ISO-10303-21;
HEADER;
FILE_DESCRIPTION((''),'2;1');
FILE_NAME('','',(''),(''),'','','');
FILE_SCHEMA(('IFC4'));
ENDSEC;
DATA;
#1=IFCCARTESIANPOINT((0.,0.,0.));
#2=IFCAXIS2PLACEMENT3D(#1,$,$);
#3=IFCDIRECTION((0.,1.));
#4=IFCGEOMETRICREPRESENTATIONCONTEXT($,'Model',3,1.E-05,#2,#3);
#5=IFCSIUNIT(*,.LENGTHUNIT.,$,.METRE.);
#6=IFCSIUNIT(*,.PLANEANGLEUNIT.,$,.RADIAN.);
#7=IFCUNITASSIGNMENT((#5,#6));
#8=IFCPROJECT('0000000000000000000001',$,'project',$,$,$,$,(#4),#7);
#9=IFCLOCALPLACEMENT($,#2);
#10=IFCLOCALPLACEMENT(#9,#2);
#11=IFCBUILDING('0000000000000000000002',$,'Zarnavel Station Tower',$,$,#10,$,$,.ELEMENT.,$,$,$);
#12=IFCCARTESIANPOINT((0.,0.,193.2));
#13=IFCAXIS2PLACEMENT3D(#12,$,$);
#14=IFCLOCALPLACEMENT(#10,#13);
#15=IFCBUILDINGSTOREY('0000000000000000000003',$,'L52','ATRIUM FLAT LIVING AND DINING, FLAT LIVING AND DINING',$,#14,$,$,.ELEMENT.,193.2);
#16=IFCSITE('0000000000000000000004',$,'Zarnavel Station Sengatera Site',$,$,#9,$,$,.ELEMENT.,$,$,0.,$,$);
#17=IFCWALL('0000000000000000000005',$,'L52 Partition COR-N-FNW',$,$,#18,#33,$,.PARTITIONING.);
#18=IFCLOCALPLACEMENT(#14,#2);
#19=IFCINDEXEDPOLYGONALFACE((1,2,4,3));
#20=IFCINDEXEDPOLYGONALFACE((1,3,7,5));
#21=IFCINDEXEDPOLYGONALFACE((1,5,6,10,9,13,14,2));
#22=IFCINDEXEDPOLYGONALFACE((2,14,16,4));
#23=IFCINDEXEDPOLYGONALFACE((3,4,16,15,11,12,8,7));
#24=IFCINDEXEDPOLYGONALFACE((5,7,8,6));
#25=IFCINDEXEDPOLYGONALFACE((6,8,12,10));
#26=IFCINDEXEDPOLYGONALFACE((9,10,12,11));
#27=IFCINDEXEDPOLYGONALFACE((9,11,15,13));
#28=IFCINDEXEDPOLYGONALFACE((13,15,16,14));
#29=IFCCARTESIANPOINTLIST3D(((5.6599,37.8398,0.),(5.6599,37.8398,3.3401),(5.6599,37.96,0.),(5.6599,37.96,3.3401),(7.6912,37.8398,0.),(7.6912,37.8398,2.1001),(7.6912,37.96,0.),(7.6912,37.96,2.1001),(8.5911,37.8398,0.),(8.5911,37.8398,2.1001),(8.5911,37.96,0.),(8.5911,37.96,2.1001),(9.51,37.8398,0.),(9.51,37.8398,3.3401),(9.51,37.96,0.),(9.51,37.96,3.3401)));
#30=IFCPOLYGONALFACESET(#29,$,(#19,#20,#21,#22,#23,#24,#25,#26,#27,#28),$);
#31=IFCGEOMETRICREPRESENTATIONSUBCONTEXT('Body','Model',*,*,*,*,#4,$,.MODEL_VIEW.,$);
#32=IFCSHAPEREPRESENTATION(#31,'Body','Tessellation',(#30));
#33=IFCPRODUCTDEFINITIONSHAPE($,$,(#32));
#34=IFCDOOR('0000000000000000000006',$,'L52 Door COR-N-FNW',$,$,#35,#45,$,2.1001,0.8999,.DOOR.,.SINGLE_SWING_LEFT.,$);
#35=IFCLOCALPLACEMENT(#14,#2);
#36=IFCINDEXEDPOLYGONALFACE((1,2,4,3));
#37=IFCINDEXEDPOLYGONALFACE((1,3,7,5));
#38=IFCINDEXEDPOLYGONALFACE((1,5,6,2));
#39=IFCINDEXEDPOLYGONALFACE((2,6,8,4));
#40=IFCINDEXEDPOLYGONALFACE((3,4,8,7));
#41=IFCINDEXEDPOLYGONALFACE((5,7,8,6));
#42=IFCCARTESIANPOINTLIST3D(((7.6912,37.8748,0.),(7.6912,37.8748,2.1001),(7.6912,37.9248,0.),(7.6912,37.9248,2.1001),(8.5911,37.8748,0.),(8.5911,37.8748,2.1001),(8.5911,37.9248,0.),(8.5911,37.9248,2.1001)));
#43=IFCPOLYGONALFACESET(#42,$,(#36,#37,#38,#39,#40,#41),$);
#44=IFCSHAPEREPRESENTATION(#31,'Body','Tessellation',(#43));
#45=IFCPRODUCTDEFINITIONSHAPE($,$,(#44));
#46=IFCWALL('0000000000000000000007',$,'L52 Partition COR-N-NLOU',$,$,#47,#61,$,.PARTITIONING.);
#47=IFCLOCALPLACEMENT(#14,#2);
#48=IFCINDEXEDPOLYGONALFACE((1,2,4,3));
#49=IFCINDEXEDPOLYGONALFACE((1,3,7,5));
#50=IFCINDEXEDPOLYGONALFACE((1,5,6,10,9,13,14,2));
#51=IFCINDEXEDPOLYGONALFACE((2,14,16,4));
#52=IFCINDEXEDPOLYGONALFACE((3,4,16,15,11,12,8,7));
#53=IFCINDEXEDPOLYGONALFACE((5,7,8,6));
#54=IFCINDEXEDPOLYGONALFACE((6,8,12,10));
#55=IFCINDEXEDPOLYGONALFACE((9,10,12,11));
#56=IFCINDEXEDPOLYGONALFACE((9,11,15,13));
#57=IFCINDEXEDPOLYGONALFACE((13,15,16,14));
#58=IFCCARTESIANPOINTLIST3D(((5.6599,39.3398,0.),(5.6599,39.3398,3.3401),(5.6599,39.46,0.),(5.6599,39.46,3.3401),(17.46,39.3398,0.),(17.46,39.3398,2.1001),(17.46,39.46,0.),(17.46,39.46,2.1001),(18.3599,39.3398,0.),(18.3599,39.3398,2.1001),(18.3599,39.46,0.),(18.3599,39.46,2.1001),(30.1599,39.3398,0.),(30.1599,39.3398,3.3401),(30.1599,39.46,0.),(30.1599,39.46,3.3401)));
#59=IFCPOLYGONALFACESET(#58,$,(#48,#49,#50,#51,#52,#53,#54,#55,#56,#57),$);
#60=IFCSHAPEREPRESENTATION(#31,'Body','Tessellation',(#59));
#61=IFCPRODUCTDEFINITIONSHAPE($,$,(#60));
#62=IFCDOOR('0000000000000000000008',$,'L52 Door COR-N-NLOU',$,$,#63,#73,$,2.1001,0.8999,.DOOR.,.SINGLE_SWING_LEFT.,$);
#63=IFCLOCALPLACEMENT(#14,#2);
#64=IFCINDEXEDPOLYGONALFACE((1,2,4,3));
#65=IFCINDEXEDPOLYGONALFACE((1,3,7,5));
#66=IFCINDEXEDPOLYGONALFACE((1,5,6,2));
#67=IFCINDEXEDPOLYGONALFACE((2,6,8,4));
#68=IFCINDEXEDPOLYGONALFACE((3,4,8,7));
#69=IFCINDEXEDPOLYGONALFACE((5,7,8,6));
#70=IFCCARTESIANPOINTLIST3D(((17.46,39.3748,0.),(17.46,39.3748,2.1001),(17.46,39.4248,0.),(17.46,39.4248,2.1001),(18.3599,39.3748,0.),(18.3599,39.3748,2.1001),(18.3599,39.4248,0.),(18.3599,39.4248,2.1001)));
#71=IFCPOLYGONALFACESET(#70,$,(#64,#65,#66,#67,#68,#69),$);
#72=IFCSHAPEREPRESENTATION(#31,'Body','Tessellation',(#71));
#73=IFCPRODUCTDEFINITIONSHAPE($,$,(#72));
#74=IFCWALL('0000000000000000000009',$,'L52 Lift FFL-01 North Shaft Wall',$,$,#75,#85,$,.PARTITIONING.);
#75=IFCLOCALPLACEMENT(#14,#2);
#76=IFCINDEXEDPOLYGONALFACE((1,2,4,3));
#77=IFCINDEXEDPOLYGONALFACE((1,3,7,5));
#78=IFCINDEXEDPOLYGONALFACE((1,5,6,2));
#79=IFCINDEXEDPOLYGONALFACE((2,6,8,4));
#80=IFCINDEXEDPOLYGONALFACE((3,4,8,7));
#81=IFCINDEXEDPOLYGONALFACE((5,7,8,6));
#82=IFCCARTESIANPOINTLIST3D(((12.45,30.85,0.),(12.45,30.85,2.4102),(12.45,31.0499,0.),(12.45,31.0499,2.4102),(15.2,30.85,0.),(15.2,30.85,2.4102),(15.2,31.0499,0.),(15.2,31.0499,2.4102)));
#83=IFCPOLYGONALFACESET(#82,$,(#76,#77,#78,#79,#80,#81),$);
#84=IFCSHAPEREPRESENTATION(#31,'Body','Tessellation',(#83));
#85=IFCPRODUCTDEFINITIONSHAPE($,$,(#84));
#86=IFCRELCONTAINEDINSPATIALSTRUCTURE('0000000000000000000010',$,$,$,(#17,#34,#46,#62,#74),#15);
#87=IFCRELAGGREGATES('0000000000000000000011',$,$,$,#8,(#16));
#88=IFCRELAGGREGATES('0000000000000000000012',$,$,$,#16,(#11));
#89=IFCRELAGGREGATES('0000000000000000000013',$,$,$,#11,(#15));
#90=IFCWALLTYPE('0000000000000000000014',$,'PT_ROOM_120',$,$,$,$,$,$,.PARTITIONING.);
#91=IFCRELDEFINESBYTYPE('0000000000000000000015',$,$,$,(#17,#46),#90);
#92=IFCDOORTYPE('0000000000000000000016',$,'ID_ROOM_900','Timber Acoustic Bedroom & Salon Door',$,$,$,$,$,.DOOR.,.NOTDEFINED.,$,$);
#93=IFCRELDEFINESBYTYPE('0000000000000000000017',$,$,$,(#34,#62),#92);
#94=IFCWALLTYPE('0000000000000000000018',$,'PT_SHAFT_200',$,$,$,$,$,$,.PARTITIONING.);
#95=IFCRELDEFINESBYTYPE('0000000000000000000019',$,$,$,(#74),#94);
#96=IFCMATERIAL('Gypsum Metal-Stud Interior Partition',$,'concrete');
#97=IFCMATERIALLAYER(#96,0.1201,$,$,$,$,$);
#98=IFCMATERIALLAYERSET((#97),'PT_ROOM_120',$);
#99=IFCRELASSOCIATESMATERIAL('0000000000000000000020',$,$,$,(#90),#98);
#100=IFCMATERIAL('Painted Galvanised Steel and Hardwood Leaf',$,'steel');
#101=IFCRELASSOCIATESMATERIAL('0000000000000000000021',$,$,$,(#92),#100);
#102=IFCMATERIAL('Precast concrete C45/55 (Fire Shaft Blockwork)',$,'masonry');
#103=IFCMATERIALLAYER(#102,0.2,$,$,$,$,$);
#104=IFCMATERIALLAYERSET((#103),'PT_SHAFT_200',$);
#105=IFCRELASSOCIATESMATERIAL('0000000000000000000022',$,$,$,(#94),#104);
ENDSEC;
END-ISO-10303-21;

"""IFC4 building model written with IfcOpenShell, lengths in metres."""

from ifc_helpers import new_model, si_unit, direction, frame, frame_2d, origin, place, context, subcontext, project, spatial, rectangle, extrude, material, layer, layer_set, type_object, element, fill, save


model = new_model("IFC4")

# Units and contexts
model_context = context("Model", 3, precision=1e-05, world=origin(), true_north=direction((0.0, 1.0)))
body_context = subcontext(model_context, "Body", "Model", "MODEL_VIEW")
ifc_project = project(units=[si_unit("LENGTHUNIT", "METRE"), si_unit("PLANEANGLEUNIT", "RADIAN")], contexts=[model_context])

# Site, building, storey
site_placement = place(None, origin())
site = spatial("IfcSite", under=ifc_project, at=site_placement, Name="Zarnavel Station Sengatera Site", CompositionType="ELEMENT", RefElevation=0.0)
building_placement = place(site_placement, origin())
building = spatial("IfcBuilding", under=site, at=building_placement, Name="Zarnavel Station Tower", CompositionType="ELEMENT")
storey_placement = place(building_placement, frame((0.0, 0.0, 193.2)))
storey = spatial("IfcBuildingStorey", under=building, at=storey_placement, Name="L52", Description="ATRIUM FLAT LIVING AND DINING, FLAT LIVING AND DINING", CompositionType="ELEMENT", Elevation=193.2)

# Walls, openings, doors
ifc_material_1 = material(Name="Gypsum Metal-Stud Interior Partition", Category="concrete")
ifc_layer_1 = layer(ifc_material_1, 0.1201)
ifc_layer_set_1 = layer_set([ifc_layer_1], Name="PT_ROOM_120")
wall_type_1 = type_object("IfcWallType", Name="PT_ROOM_120", PredefinedType="PARTITIONING", material=ifc_layer_set_1)
wall_1_placement = place(storey_placement, frame((5.6599, 37.8999, 0.0), z_axis=(0.0, 0.0, 1.0), x_axis=(1.0, 0.0, 0.0)))
wall_1 = element("IfcWall", 1, at=wall_1_placement, inside=storey, type_object=wall_type_1, Name="L52 Partition COR-N-FNW", PredefinedType="PARTITIONING", context=body_context, shape_type="SweptSolid", body=[
    extrude(rectangle(XDim=3.8501, YDim=0.1201, at=frame_2d((1.925, 0.0))), origin(), (0.0, 0.0, 1.0), 3.3401),
])
opening_1_placement = place(wall_1_placement, frame((2.0312, 0.0, 0.0)))
opening_1 = element("IfcOpeningElement", 2, at=opening_1_placement, cuts=wall_1, PredefinedType="OPENING", context=body_context, shape_type="SweptSolid", body=[
    extrude(rectangle(XDim=0.8999, YDim=2.1001, at=frame_2d((0.45, 1.05))), frame((0.0, 0.0701, 0.0), z_axis=(0.0, -1.0, 0.0), x_axis=(1.0, 0.0, 0.0)), (0.0, 0.0, 1.0), 0.1401),
])
ifc_material_2 = material(Name="Painted Galvanised Steel and Hardwood Leaf", Category="steel")
door_type_1 = type_object("IfcDoorType", Name="ID_ROOM_900", Description="Timber Acoustic Bedroom & Salon Door", OperationType="NOTDEFINED", PredefinedType="DOOR", material=ifc_material_2)
door_1_placement = place(opening_1_placement, origin())
door_1 = element("IfcDoor", 3, at=door_1_placement, inside=storey, type_object=door_type_1, Name="L52 Door COR-N-FNW", OperationType="SINGLE_SWING_LEFT", OverallHeight=2.1001, OverallWidth=0.8999, PredefinedType="DOOR", context=body_context, shape_type="SweptSolid", body=[
    extrude(rectangle(XDim=0.8999, YDim=2.1001, at=frame_2d((0.45, 1.05))), frame((0.0, 0.0249, 0.0), z_axis=(0.0, -1.0, 0.0), x_axis=(1.0, 0.0, 0.0)), (0.0, 0.0, 1.0), 0.05),
])
fill(opening_1, door_1)
wall_2_placement = place(storey_placement, frame((5.6599, 39.3999, 0.0), z_axis=(0.0, 0.0, 1.0), x_axis=(1.0, 0.0, 0.0)))
wall_2 = element("IfcWall", 4, at=wall_2_placement, inside=storey, type_object=wall_type_1, Name="L52 Partition COR-N-NLOU", PredefinedType="PARTITIONING", context=body_context, shape_type="SweptSolid", body=[
    extrude(rectangle(XDim=24.5, YDim=0.1201, at=frame_2d((12.25, 0.0))), origin(), (0.0, 0.0, 1.0), 3.3401),
])
opening_2_placement = place(wall_2_placement, frame((11.8, 0.0, 0.0)))
opening_2 = element("IfcOpeningElement", 5, at=opening_2_placement, cuts=wall_2, PredefinedType="OPENING", context=body_context, shape_type="SweptSolid", body=[
    extrude(rectangle(XDim=0.8999, YDim=2.1001, at=frame_2d((0.45, 1.05))), frame((0.0, 0.0701, 0.0), z_axis=(0.0, -1.0, 0.0), x_axis=(1.0, 0.0, 0.0)), (0.0, 0.0, 1.0), 0.1401),
])
door_2_placement = place(opening_2_placement, origin())
door_2 = element("IfcDoor", 6, at=door_2_placement, inside=storey, type_object=door_type_1, Name="L52 Door COR-N-NLOU", OperationType="SINGLE_SWING_LEFT", OverallHeight=2.1001, OverallWidth=0.8999, PredefinedType="DOOR", context=body_context, shape_type="SweptSolid", body=[
    extrude(rectangle(XDim=0.8999, YDim=2.1001, at=frame_2d((0.45, 1.05))), frame((0.0, 0.0249, 0.0), z_axis=(0.0, -1.0, 0.0), x_axis=(1.0, 0.0, 0.0)), (0.0, 0.0, 1.0), 0.05),
])
fill(opening_2, door_2)
ifc_material_3 = material(Name="Precast concrete C45/55 (Fire Shaft Blockwork)", Category="masonry")
ifc_layer_2 = layer(ifc_material_3, 0.2)
ifc_layer_set_2 = layer_set([ifc_layer_2], Name="PT_SHAFT_200")
wall_type_2 = type_object("IfcWallType", Name="PT_SHAFT_200", PredefinedType="PARTITIONING", material=ifc_layer_set_2)

# Wall
wall_3_placement = place(storey_placement, frame((12.45, 30.95, 0.0), z_axis=(0.0, 0.0, 1.0), x_axis=(1.0, 0.0, 0.0)))
element("IfcWall", 7, at=wall_3_placement, inside=storey, type_object=wall_type_2, Name="L52 Lift FFL-01 North Shaft Wall", PredefinedType="PARTITIONING", context=body_context, shape_type="SweptSolid", body=[
    extrude(rectangle(XDim=2.75, YDim=0.2, at=frame_2d((1.375, 0.0))), origin(), (0.0, 0.0, 1.0), 2.4102),
])

save(model, "model.ifc")
